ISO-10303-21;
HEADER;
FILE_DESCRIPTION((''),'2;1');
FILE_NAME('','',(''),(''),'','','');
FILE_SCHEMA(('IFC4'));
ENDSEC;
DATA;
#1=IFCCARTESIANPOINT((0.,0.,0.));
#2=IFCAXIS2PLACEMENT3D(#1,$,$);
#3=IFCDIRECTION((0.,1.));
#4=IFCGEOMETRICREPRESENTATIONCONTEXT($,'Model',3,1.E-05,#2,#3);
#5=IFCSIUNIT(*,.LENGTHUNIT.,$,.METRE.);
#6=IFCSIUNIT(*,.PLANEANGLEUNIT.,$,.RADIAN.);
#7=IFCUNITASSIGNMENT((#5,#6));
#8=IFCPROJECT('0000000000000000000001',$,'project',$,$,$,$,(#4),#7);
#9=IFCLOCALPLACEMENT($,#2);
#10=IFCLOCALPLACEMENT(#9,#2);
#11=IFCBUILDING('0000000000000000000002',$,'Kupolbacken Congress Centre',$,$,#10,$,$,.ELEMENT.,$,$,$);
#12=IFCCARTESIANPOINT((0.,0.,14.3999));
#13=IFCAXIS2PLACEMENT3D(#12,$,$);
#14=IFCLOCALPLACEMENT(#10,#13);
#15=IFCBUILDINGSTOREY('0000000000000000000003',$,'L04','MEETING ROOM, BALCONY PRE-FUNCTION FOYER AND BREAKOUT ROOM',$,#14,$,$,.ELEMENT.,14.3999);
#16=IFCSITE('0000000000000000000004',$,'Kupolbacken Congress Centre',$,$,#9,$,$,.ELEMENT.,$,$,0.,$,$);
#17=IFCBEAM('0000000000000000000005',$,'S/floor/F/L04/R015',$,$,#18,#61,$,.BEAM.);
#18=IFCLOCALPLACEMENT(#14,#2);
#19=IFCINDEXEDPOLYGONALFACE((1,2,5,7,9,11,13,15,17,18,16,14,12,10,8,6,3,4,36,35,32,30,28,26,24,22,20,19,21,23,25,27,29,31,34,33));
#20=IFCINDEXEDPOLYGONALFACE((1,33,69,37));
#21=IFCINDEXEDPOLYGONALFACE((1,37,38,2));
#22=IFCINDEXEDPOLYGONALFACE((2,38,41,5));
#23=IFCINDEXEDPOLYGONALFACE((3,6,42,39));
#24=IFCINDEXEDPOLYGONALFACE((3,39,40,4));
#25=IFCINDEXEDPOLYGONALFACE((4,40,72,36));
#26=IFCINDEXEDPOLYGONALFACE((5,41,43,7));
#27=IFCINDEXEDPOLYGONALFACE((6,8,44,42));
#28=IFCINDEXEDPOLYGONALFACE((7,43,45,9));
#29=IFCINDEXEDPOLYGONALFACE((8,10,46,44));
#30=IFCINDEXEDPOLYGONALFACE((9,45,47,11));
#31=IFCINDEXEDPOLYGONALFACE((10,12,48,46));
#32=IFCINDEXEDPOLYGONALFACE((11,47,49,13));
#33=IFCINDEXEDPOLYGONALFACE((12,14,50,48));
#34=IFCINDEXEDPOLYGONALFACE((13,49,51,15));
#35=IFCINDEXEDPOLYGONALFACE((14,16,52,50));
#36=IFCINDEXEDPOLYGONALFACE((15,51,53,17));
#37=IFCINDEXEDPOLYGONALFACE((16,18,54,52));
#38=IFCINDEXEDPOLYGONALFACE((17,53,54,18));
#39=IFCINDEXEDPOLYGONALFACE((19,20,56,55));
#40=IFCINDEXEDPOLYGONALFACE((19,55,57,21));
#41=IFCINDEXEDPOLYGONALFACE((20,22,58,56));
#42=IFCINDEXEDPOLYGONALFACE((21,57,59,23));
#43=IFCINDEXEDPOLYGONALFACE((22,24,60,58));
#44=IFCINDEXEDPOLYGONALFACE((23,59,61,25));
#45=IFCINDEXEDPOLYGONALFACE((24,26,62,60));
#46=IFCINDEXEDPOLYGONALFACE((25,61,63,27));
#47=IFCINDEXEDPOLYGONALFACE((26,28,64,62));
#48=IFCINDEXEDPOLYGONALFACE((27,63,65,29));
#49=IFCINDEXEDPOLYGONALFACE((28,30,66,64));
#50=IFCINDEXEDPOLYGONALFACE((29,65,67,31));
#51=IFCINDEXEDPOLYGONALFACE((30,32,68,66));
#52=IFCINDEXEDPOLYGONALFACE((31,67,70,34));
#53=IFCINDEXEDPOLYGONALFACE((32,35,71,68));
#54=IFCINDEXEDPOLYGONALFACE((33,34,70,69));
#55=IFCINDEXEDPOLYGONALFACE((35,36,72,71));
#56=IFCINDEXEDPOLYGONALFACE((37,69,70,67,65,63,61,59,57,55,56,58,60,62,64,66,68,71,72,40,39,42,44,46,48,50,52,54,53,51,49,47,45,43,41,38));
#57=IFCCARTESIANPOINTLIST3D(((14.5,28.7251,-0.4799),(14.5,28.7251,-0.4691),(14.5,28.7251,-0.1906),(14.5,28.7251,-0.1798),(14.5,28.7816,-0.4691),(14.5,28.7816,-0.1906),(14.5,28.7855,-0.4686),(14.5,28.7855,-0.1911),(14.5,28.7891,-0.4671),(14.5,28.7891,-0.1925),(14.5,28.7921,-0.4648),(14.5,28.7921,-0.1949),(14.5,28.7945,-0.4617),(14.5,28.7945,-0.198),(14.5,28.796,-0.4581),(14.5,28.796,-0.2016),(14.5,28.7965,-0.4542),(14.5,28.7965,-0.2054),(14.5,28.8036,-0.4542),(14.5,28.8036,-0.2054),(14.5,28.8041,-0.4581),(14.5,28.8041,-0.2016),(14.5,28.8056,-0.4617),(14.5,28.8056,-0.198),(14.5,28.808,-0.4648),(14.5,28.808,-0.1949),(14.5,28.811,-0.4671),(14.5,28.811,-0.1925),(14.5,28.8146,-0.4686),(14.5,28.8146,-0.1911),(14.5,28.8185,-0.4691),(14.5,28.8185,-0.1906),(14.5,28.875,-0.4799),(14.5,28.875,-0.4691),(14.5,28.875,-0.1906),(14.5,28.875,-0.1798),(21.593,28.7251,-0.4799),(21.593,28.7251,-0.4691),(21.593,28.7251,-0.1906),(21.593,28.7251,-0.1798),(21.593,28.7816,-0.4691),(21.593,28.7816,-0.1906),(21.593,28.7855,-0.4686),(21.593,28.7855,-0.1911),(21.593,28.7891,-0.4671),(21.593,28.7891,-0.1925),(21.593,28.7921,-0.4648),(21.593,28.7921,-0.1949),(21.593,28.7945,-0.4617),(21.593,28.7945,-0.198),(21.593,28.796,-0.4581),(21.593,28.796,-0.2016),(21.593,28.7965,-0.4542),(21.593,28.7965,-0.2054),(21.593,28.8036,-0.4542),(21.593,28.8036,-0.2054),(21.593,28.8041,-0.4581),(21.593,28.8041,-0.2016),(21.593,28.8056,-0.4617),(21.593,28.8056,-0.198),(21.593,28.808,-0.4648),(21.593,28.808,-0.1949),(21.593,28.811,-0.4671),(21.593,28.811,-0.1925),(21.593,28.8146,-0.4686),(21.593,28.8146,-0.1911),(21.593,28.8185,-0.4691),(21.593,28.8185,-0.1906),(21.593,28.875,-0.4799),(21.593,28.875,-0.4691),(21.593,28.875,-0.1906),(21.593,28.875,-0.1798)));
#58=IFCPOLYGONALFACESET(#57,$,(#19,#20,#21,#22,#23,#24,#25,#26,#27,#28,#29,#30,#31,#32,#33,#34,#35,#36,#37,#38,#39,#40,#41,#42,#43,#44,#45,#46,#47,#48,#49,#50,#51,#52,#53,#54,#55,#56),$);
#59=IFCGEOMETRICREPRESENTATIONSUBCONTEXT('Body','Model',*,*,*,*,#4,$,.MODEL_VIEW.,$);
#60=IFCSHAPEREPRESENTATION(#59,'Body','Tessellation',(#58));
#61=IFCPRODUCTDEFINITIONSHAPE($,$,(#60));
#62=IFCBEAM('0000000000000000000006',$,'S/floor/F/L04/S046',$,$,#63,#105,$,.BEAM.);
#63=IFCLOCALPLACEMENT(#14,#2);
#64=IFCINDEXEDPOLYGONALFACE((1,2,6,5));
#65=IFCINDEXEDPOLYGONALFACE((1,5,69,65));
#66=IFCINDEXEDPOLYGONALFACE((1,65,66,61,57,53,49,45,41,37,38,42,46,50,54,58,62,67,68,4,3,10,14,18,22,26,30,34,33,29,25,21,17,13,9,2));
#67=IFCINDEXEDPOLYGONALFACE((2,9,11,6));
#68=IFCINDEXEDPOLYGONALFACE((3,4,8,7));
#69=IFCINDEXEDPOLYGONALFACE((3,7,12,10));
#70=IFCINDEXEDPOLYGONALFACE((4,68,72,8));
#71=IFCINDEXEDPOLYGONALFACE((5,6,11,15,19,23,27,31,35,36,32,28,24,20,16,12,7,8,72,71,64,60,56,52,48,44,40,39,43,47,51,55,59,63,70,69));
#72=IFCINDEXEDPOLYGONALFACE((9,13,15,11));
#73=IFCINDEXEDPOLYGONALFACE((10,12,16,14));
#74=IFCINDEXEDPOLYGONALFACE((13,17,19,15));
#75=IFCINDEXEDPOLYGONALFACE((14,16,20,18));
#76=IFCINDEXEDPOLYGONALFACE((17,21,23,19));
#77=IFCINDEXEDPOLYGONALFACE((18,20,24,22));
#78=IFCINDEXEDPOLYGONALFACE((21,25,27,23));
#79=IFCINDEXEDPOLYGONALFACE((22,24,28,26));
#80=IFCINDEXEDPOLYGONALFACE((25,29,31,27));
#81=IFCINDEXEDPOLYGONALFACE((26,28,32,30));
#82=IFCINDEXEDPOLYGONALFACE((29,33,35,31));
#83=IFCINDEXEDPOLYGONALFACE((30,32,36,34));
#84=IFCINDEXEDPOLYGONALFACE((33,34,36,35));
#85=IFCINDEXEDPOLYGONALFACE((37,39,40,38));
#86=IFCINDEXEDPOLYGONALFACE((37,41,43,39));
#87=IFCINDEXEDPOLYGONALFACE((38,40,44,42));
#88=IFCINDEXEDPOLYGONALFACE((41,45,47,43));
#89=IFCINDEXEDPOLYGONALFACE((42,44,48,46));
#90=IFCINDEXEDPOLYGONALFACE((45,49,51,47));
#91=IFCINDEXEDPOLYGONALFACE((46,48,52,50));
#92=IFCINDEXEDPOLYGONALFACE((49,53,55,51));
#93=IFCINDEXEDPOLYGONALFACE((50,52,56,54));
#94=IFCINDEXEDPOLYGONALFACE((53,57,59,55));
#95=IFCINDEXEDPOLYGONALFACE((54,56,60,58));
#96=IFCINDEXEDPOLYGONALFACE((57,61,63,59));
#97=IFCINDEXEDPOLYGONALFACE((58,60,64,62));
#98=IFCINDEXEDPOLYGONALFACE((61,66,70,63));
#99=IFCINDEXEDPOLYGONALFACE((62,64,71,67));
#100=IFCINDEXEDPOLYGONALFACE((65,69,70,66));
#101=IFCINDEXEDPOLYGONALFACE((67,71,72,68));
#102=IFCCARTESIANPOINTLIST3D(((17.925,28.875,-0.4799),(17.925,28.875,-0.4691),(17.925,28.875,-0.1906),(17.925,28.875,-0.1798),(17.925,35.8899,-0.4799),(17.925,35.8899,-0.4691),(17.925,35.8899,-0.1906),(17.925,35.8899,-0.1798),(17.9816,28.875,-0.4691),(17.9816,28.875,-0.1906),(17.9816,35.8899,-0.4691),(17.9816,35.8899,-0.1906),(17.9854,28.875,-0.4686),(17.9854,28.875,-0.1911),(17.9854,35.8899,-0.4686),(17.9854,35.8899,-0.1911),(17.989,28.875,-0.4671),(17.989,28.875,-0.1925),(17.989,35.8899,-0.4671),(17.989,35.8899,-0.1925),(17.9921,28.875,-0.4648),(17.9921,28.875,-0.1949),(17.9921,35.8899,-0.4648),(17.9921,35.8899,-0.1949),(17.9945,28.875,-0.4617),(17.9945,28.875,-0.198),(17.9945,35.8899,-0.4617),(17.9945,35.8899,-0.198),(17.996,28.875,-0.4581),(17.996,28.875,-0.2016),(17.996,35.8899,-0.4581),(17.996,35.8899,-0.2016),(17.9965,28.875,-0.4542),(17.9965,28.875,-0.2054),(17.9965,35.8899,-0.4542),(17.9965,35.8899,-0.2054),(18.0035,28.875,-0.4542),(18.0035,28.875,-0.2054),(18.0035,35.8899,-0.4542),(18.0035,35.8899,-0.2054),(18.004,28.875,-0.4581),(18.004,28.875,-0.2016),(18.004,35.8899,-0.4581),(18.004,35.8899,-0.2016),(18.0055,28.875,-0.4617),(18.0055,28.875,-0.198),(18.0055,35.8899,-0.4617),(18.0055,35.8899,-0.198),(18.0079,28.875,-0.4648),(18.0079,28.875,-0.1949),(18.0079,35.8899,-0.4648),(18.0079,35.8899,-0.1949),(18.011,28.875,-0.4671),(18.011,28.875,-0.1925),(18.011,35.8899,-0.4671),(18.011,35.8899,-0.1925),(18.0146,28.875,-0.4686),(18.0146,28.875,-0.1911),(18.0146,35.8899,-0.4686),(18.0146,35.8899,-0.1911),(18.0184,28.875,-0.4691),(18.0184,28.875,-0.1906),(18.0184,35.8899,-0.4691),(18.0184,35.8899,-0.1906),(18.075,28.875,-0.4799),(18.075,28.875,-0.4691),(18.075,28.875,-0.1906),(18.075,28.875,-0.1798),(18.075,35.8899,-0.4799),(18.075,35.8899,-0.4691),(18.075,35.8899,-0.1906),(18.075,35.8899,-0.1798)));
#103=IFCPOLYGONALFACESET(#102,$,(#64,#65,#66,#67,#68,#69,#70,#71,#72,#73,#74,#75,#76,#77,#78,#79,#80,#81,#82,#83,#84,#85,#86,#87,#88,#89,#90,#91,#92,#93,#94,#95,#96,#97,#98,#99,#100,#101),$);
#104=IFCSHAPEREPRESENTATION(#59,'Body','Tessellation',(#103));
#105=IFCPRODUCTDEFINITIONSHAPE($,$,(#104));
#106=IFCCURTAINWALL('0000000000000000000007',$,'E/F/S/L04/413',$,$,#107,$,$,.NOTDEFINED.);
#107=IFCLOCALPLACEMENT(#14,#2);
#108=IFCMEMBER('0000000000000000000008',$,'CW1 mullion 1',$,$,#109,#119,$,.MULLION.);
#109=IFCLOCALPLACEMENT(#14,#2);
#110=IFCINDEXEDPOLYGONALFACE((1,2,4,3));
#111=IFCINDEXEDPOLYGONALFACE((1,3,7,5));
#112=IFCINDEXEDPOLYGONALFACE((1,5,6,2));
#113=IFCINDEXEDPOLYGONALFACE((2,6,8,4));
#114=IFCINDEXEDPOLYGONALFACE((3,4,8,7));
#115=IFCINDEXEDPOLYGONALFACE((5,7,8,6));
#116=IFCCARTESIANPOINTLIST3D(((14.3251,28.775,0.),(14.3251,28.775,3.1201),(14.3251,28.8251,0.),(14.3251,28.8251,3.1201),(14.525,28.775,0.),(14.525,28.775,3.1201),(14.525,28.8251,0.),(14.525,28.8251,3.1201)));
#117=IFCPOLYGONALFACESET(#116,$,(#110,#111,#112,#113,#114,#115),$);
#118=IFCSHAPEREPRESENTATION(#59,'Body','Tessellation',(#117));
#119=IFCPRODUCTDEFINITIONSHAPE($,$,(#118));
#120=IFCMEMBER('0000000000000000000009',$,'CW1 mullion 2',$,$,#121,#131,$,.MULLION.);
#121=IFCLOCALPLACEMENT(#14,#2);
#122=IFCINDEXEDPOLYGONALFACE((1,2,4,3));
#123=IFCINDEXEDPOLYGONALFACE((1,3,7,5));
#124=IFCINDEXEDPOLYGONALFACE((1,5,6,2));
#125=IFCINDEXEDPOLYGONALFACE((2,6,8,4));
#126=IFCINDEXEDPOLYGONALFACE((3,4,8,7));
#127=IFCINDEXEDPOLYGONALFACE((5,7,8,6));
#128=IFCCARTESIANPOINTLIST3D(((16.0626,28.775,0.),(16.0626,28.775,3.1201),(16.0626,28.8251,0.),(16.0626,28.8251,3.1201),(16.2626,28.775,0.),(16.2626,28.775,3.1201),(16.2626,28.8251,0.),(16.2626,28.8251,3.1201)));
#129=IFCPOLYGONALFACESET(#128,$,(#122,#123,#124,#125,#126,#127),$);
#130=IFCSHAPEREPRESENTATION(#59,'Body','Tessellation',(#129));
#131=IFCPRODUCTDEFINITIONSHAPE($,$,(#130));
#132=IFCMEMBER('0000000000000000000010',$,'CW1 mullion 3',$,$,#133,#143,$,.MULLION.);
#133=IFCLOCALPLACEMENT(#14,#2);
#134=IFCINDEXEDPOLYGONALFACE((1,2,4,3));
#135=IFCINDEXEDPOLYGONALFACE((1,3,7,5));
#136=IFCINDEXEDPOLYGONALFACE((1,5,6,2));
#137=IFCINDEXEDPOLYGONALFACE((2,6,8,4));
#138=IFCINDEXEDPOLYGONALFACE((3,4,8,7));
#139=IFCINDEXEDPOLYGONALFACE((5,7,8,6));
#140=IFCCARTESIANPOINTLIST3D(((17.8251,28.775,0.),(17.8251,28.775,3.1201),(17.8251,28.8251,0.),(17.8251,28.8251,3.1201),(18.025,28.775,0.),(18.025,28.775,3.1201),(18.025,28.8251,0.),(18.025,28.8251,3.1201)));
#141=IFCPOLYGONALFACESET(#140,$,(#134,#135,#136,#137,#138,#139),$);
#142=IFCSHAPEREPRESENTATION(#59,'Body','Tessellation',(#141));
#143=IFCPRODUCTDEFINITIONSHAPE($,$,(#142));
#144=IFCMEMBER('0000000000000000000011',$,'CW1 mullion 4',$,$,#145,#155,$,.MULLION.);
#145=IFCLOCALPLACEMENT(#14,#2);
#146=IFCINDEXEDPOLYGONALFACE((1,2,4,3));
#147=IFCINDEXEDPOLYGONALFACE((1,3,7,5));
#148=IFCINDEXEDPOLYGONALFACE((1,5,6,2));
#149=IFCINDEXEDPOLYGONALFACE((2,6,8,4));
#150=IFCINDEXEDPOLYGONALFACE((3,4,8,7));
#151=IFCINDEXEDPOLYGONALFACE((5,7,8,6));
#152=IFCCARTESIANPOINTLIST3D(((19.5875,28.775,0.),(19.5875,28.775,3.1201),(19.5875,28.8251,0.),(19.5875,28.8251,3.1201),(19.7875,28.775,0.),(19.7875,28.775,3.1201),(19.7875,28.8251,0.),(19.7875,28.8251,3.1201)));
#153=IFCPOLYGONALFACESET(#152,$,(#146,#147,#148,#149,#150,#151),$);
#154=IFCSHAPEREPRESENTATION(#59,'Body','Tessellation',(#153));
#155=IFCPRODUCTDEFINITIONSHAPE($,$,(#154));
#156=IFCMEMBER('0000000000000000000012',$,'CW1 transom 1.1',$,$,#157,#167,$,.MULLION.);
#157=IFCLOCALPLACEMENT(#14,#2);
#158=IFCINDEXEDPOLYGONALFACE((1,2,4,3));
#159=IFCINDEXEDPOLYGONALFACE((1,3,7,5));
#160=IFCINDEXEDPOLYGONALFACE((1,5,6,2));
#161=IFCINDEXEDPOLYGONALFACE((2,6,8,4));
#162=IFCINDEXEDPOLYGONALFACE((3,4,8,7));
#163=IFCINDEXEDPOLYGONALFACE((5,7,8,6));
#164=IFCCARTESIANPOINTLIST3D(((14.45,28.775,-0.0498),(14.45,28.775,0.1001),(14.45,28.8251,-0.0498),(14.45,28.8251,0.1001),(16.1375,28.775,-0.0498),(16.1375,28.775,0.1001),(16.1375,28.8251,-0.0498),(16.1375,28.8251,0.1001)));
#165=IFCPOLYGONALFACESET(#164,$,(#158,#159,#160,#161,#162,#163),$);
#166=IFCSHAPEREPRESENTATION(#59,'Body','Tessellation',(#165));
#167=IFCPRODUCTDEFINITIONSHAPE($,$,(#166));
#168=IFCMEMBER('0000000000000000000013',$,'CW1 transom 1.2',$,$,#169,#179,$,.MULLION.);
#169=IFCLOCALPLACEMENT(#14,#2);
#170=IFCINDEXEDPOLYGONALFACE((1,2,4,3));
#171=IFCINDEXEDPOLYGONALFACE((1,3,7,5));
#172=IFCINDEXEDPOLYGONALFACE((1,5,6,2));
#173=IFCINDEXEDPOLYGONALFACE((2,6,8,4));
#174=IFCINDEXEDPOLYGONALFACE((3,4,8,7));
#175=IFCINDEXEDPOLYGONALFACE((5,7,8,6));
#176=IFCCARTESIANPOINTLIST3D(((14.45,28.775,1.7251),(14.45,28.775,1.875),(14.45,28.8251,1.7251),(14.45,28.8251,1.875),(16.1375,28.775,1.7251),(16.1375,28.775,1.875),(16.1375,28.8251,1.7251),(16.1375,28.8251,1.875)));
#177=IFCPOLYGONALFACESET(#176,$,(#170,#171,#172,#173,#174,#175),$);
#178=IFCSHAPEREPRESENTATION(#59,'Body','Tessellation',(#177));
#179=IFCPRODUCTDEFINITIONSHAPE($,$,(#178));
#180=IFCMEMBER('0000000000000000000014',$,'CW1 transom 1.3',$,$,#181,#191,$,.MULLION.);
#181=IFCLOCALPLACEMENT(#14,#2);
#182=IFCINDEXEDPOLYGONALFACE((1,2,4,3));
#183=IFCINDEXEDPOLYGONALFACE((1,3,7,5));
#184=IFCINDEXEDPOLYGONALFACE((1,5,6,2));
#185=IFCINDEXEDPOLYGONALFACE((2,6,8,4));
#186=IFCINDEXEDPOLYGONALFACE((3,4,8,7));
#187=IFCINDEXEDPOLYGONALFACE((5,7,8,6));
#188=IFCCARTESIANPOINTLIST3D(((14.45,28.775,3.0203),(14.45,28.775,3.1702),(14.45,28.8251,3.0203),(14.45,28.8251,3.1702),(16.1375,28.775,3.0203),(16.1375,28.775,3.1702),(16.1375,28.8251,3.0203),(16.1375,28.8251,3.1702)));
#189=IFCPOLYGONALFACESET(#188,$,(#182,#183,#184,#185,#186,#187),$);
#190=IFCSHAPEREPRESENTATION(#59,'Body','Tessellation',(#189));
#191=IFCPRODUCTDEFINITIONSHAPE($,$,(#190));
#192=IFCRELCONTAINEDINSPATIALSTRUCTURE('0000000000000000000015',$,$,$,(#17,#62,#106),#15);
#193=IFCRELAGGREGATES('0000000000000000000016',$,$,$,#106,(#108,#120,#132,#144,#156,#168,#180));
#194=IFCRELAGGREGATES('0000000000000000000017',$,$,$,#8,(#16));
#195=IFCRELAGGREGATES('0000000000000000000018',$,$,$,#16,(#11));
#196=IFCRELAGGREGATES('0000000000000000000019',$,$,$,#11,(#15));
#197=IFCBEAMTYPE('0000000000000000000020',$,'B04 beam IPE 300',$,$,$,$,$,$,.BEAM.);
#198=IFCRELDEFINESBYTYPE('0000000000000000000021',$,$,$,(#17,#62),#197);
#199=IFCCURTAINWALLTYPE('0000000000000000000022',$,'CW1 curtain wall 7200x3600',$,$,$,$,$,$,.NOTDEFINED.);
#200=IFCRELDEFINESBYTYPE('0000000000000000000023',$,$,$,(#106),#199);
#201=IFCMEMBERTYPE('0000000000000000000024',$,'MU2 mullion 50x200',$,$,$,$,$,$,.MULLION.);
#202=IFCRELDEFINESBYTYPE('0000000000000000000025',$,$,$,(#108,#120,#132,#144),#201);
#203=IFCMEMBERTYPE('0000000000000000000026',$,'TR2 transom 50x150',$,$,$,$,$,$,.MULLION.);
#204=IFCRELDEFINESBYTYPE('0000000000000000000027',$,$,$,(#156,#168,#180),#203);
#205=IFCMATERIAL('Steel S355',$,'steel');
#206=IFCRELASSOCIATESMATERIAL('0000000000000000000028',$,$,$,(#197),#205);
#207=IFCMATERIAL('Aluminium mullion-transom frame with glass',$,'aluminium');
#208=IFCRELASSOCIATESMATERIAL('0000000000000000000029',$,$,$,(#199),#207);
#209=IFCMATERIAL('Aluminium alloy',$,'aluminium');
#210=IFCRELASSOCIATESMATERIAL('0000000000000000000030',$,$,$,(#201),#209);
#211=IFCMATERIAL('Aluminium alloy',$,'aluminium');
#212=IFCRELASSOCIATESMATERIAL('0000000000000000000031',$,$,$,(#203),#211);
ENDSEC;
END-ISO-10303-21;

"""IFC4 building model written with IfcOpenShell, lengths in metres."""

from ifc_helpers import new_model, si_unit, direction, frame, origin, origin_2d, place, context, subcontext, project, spatial, rectangle, i_section, extrude, material, material_profile, profile_set, type_object, element, aggregate, save


model = new_model("IFC4")

# Units and contexts
model_context = context("Model", 3, precision=1e-05, world=origin(), true_north=direction((0.0, 1.0)))
body_context = subcontext(model_context, "Body", "Model", "MODEL_VIEW")
ifc_project = project(units=[si_unit("LENGTHUNIT", "METRE"), si_unit("PLANEANGLEUNIT", "RADIAN")], contexts=[model_context])

# Site, building, storey
site_placement = place(None, origin())
site = spatial("IfcSite", under=ifc_project, at=site_placement, Name="Kupolbacken Congress Centre", CompositionType="ELEMENT", RefElevation=0.0)
building_placement = place(site_placement, origin())
building = spatial("IfcBuilding", under=site, at=building_placement, Name="Kupolbacken Congress Centre", CompositionType="ELEMENT")
storey_placement = place(building_placement, frame((0.0, 0.0, 14.3999)))
storey = spatial("IfcBuildingStorey", under=building, at=storey_placement, Name="L04", Description="MEETING ROOM, BALCONY PRE-FUNCTION FOYER AND BREAKOUT ROOM", CompositionType="ELEMENT", Elevation=14.3999)

# Beams
ifc_material_1 = material(Name="Steel S355", Category="steel")
ifc_material_profile_1 = material_profile(ifc_material_1, i_section(OverallWidth=0.1499, OverallDepth=0.3, WebThickness=0.0071, FlangeThickness=0.0107, FilletRadius=0.0149, at=origin_2d()), Name="IPE 300")
ifc_profile_set_1 = profile_set([ifc_material_profile_1], Name="Steel S355")
beam_type = type_object("IfcBeamType", Name="B04 beam IPE 300", PredefinedType="BEAM", material=ifc_profile_set_1)
beam_1_placement = place(storey_placement, frame((14.5, 28.8, -0.3298), z_axis=(1.0, 0.0, 0.0), x_axis=(0.0, 1.0, 0.0)))
element("IfcBeam", 1, at=beam_1_placement, inside=storey, type_object=beam_type, Name="S/floor/F/L04/R015", PredefinedType="BEAM", context=body_context, shape_type="SweptSolid", body=[
    extrude(i_section(OverallWidth=0.1499, OverallDepth=0.3, WebThickness=0.0071, FlangeThickness=0.0107, FilletRadius=0.0149, at=origin_2d()), origin(), (0.0, 0.0, 1.0), 7.093),
])
beam_2_placement = place(storey_placement, frame((18.0, 28.875, -0.3298), z_axis=(0.0, 1.0, 0.0), x_axis=(-1.0, 0.0, 0.0)))
element("IfcBeam", 2, at=beam_2_placement, inside=storey, type_object=beam_type, Name="S/floor/F/L04/S046", PredefinedType="BEAM", context=body_context, shape_type="SweptSolid", body=[
    extrude(i_section(OverallWidth=0.1499, OverallDepth=0.3, WebThickness=0.0071, FlangeThickness=0.0107, FilletRadius=0.0149, at=origin_2d()), origin(), (0.0, 0.0, 1.0), 7.0149),
])

# Curtain wall, members
ifc_material_2 = material(Name="Aluminium mullion-transom frame with glass", Category="aluminium")
curtain_wall_type = type_object("IfcCurtainWallType", Name="CW1 curtain wall 7200x3600", PredefinedType="NOTDEFINED", material=ifc_material_2)
curtain_wall_placement = place(storey_placement, origin())
curtain_wall = element("IfcCurtainWall", 3, at=curtain_wall_placement, inside=storey, type_object=curtain_wall_type, Name="E/F/S/L04/413", PredefinedType="NOTDEFINED")
ifc_material_3 = material(Name="Aluminium alloy", Category="aluminium")
ifc_material_profile_2 = material_profile(ifc_material_3, rectangle(XDim=0.05, YDim=0.2, at=origin_2d()), Name="50 x 200")
ifc_profile_set_2 = profile_set([ifc_material_profile_2], Name="Aluminium alloy")
member_type_1 = type_object("IfcMemberType", Name="MU2 mullion 50x200", PredefinedType="MULLION", material=ifc_profile_set_2)
member_1_placement = place(storey_placement, frame((14.425, 28.8, 0.0), z_axis=(0.0, 0.0, 1.0), x_axis=(0.0, 1.0, 0.0)))
member_1 = element("IfcMember", 4, at=member_1_placement, type_object=member_type_1, Name="CW1 mullion 1", PredefinedType="MULLION", context=body_context, shape_type="SweptSolid", body=[
    extrude(rectangle(XDim=0.05, YDim=0.2, at=origin_2d()), origin(), (0.0, 0.0, 1.0), 3.1201),
])
member_2_placement = place(storey_placement, frame((16.1626, 28.8, 0.0), z_axis=(0.0, 0.0, 1.0), x_axis=(0.0, 1.0, 0.0)))
member_2 = element("IfcMember", 5, at=member_2_placement, type_object=member_type_1, Name="CW1 mullion 2", PredefinedType="MULLION", context=body_context, shape_type="SweptSolid", body=[
    extrude(rectangle(XDim=0.05, YDim=0.2, at=origin_2d()), origin(), (0.0, 0.0, 1.0), 3.1201),
])
member_3_placement = place(storey_placement, frame((17.925, 28.8, 0.0), z_axis=(0.0, 0.0, 1.0), x_axis=(0.0, 1.0, 0.0)))
member_3 = element("IfcMember", 6, at=member_3_placement, type_object=member_type_1, Name="CW1 mullion 3", PredefinedType="MULLION", context=body_context, shape_type="SweptSolid", body=[
    extrude(rectangle(XDim=0.05, YDim=0.2, at=origin_2d()), origin(), (0.0, 0.0, 1.0), 3.1201),
])
member_4_placement = place(storey_placement, frame((19.6875, 28.8, 0.0), z_axis=(0.0, 0.0, 1.0), x_axis=(0.0, 1.0, 0.0)))
member_4 = element("IfcMember", 7, at=member_4_placement, type_object=member_type_1, Name="CW1 mullion 4", PredefinedType="MULLION", context=body_context, shape_type="SweptSolid", body=[
    extrude(rectangle(XDim=0.05, YDim=0.2, at=origin_2d()), origin(), (0.0, 0.0, 1.0), 3.1201),
])
ifc_material_4 = material(Name="Aluminium alloy", Category="aluminium")
ifc_material_profile_3 = material_profile(ifc_material_4, rectangle(XDim=0.05, YDim=0.1499, at=origin_2d()), Name="50 x 150")
ifc_profile_set_3 = profile_set([ifc_material_profile_3], Name="Aluminium alloy")
member_type_2 = type_object("IfcMemberType", Name="TR2 transom 50x150", PredefinedType="MULLION", material=ifc_profile_set_3)
member_5_placement = place(storey_placement, frame((14.45, 28.8, 0.0251), z_axis=(1.0, 0.0, 0.0), x_axis=(0.0, 1.0, 0.0)))
member_5 = element("IfcMember", 8, at=member_5_placement, type_object=member_type_2, Name="CW1 transom 1.1", PredefinedType="MULLION", context=body_context, shape_type="SweptSolid", body=[
    extrude(rectangle(XDim=0.05, YDim=0.1499, at=origin_2d()), origin(), (0.0, 0.0, 1.0), 1.6875),
])
member_6_placement = place(storey_placement, frame((14.45, 28.8, 1.8), z_axis=(1.0, 0.0, 0.0), x_axis=(0.0, 1.0, 0.0)))
member_6 = element("IfcMember", 9, at=member_6_placement, type_object=member_type_2, Name="CW1 transom 1.2", PredefinedType="MULLION", context=body_context, shape_type="SweptSolid", body=[
    extrude(rectangle(XDim=0.05, YDim=0.1499, at=origin_2d()), origin(), (0.0, 0.0, 1.0), 1.6875),
])
member_7_placement = place(storey_placement, frame((14.45, 28.8, 3.0952), z_axis=(1.0, 0.0, 0.0), x_axis=(0.0, 1.0, 0.0)))
member_7 = element("IfcMember", 10, at=member_7_placement, type_object=member_type_2, Name="CW1 transom 1.3", PredefinedType="MULLION", context=body_context, shape_type="SweptSolid", body=[
    extrude(rectangle(XDim=0.05, YDim=0.1499, at=origin_2d()), origin(), (0.0, 0.0, 1.0), 1.6875),
])
aggregate(curtain_wall, [member_1, member_2, member_3, member_4, member_5, member_6, member_7])

save(model, "model.ifc")
